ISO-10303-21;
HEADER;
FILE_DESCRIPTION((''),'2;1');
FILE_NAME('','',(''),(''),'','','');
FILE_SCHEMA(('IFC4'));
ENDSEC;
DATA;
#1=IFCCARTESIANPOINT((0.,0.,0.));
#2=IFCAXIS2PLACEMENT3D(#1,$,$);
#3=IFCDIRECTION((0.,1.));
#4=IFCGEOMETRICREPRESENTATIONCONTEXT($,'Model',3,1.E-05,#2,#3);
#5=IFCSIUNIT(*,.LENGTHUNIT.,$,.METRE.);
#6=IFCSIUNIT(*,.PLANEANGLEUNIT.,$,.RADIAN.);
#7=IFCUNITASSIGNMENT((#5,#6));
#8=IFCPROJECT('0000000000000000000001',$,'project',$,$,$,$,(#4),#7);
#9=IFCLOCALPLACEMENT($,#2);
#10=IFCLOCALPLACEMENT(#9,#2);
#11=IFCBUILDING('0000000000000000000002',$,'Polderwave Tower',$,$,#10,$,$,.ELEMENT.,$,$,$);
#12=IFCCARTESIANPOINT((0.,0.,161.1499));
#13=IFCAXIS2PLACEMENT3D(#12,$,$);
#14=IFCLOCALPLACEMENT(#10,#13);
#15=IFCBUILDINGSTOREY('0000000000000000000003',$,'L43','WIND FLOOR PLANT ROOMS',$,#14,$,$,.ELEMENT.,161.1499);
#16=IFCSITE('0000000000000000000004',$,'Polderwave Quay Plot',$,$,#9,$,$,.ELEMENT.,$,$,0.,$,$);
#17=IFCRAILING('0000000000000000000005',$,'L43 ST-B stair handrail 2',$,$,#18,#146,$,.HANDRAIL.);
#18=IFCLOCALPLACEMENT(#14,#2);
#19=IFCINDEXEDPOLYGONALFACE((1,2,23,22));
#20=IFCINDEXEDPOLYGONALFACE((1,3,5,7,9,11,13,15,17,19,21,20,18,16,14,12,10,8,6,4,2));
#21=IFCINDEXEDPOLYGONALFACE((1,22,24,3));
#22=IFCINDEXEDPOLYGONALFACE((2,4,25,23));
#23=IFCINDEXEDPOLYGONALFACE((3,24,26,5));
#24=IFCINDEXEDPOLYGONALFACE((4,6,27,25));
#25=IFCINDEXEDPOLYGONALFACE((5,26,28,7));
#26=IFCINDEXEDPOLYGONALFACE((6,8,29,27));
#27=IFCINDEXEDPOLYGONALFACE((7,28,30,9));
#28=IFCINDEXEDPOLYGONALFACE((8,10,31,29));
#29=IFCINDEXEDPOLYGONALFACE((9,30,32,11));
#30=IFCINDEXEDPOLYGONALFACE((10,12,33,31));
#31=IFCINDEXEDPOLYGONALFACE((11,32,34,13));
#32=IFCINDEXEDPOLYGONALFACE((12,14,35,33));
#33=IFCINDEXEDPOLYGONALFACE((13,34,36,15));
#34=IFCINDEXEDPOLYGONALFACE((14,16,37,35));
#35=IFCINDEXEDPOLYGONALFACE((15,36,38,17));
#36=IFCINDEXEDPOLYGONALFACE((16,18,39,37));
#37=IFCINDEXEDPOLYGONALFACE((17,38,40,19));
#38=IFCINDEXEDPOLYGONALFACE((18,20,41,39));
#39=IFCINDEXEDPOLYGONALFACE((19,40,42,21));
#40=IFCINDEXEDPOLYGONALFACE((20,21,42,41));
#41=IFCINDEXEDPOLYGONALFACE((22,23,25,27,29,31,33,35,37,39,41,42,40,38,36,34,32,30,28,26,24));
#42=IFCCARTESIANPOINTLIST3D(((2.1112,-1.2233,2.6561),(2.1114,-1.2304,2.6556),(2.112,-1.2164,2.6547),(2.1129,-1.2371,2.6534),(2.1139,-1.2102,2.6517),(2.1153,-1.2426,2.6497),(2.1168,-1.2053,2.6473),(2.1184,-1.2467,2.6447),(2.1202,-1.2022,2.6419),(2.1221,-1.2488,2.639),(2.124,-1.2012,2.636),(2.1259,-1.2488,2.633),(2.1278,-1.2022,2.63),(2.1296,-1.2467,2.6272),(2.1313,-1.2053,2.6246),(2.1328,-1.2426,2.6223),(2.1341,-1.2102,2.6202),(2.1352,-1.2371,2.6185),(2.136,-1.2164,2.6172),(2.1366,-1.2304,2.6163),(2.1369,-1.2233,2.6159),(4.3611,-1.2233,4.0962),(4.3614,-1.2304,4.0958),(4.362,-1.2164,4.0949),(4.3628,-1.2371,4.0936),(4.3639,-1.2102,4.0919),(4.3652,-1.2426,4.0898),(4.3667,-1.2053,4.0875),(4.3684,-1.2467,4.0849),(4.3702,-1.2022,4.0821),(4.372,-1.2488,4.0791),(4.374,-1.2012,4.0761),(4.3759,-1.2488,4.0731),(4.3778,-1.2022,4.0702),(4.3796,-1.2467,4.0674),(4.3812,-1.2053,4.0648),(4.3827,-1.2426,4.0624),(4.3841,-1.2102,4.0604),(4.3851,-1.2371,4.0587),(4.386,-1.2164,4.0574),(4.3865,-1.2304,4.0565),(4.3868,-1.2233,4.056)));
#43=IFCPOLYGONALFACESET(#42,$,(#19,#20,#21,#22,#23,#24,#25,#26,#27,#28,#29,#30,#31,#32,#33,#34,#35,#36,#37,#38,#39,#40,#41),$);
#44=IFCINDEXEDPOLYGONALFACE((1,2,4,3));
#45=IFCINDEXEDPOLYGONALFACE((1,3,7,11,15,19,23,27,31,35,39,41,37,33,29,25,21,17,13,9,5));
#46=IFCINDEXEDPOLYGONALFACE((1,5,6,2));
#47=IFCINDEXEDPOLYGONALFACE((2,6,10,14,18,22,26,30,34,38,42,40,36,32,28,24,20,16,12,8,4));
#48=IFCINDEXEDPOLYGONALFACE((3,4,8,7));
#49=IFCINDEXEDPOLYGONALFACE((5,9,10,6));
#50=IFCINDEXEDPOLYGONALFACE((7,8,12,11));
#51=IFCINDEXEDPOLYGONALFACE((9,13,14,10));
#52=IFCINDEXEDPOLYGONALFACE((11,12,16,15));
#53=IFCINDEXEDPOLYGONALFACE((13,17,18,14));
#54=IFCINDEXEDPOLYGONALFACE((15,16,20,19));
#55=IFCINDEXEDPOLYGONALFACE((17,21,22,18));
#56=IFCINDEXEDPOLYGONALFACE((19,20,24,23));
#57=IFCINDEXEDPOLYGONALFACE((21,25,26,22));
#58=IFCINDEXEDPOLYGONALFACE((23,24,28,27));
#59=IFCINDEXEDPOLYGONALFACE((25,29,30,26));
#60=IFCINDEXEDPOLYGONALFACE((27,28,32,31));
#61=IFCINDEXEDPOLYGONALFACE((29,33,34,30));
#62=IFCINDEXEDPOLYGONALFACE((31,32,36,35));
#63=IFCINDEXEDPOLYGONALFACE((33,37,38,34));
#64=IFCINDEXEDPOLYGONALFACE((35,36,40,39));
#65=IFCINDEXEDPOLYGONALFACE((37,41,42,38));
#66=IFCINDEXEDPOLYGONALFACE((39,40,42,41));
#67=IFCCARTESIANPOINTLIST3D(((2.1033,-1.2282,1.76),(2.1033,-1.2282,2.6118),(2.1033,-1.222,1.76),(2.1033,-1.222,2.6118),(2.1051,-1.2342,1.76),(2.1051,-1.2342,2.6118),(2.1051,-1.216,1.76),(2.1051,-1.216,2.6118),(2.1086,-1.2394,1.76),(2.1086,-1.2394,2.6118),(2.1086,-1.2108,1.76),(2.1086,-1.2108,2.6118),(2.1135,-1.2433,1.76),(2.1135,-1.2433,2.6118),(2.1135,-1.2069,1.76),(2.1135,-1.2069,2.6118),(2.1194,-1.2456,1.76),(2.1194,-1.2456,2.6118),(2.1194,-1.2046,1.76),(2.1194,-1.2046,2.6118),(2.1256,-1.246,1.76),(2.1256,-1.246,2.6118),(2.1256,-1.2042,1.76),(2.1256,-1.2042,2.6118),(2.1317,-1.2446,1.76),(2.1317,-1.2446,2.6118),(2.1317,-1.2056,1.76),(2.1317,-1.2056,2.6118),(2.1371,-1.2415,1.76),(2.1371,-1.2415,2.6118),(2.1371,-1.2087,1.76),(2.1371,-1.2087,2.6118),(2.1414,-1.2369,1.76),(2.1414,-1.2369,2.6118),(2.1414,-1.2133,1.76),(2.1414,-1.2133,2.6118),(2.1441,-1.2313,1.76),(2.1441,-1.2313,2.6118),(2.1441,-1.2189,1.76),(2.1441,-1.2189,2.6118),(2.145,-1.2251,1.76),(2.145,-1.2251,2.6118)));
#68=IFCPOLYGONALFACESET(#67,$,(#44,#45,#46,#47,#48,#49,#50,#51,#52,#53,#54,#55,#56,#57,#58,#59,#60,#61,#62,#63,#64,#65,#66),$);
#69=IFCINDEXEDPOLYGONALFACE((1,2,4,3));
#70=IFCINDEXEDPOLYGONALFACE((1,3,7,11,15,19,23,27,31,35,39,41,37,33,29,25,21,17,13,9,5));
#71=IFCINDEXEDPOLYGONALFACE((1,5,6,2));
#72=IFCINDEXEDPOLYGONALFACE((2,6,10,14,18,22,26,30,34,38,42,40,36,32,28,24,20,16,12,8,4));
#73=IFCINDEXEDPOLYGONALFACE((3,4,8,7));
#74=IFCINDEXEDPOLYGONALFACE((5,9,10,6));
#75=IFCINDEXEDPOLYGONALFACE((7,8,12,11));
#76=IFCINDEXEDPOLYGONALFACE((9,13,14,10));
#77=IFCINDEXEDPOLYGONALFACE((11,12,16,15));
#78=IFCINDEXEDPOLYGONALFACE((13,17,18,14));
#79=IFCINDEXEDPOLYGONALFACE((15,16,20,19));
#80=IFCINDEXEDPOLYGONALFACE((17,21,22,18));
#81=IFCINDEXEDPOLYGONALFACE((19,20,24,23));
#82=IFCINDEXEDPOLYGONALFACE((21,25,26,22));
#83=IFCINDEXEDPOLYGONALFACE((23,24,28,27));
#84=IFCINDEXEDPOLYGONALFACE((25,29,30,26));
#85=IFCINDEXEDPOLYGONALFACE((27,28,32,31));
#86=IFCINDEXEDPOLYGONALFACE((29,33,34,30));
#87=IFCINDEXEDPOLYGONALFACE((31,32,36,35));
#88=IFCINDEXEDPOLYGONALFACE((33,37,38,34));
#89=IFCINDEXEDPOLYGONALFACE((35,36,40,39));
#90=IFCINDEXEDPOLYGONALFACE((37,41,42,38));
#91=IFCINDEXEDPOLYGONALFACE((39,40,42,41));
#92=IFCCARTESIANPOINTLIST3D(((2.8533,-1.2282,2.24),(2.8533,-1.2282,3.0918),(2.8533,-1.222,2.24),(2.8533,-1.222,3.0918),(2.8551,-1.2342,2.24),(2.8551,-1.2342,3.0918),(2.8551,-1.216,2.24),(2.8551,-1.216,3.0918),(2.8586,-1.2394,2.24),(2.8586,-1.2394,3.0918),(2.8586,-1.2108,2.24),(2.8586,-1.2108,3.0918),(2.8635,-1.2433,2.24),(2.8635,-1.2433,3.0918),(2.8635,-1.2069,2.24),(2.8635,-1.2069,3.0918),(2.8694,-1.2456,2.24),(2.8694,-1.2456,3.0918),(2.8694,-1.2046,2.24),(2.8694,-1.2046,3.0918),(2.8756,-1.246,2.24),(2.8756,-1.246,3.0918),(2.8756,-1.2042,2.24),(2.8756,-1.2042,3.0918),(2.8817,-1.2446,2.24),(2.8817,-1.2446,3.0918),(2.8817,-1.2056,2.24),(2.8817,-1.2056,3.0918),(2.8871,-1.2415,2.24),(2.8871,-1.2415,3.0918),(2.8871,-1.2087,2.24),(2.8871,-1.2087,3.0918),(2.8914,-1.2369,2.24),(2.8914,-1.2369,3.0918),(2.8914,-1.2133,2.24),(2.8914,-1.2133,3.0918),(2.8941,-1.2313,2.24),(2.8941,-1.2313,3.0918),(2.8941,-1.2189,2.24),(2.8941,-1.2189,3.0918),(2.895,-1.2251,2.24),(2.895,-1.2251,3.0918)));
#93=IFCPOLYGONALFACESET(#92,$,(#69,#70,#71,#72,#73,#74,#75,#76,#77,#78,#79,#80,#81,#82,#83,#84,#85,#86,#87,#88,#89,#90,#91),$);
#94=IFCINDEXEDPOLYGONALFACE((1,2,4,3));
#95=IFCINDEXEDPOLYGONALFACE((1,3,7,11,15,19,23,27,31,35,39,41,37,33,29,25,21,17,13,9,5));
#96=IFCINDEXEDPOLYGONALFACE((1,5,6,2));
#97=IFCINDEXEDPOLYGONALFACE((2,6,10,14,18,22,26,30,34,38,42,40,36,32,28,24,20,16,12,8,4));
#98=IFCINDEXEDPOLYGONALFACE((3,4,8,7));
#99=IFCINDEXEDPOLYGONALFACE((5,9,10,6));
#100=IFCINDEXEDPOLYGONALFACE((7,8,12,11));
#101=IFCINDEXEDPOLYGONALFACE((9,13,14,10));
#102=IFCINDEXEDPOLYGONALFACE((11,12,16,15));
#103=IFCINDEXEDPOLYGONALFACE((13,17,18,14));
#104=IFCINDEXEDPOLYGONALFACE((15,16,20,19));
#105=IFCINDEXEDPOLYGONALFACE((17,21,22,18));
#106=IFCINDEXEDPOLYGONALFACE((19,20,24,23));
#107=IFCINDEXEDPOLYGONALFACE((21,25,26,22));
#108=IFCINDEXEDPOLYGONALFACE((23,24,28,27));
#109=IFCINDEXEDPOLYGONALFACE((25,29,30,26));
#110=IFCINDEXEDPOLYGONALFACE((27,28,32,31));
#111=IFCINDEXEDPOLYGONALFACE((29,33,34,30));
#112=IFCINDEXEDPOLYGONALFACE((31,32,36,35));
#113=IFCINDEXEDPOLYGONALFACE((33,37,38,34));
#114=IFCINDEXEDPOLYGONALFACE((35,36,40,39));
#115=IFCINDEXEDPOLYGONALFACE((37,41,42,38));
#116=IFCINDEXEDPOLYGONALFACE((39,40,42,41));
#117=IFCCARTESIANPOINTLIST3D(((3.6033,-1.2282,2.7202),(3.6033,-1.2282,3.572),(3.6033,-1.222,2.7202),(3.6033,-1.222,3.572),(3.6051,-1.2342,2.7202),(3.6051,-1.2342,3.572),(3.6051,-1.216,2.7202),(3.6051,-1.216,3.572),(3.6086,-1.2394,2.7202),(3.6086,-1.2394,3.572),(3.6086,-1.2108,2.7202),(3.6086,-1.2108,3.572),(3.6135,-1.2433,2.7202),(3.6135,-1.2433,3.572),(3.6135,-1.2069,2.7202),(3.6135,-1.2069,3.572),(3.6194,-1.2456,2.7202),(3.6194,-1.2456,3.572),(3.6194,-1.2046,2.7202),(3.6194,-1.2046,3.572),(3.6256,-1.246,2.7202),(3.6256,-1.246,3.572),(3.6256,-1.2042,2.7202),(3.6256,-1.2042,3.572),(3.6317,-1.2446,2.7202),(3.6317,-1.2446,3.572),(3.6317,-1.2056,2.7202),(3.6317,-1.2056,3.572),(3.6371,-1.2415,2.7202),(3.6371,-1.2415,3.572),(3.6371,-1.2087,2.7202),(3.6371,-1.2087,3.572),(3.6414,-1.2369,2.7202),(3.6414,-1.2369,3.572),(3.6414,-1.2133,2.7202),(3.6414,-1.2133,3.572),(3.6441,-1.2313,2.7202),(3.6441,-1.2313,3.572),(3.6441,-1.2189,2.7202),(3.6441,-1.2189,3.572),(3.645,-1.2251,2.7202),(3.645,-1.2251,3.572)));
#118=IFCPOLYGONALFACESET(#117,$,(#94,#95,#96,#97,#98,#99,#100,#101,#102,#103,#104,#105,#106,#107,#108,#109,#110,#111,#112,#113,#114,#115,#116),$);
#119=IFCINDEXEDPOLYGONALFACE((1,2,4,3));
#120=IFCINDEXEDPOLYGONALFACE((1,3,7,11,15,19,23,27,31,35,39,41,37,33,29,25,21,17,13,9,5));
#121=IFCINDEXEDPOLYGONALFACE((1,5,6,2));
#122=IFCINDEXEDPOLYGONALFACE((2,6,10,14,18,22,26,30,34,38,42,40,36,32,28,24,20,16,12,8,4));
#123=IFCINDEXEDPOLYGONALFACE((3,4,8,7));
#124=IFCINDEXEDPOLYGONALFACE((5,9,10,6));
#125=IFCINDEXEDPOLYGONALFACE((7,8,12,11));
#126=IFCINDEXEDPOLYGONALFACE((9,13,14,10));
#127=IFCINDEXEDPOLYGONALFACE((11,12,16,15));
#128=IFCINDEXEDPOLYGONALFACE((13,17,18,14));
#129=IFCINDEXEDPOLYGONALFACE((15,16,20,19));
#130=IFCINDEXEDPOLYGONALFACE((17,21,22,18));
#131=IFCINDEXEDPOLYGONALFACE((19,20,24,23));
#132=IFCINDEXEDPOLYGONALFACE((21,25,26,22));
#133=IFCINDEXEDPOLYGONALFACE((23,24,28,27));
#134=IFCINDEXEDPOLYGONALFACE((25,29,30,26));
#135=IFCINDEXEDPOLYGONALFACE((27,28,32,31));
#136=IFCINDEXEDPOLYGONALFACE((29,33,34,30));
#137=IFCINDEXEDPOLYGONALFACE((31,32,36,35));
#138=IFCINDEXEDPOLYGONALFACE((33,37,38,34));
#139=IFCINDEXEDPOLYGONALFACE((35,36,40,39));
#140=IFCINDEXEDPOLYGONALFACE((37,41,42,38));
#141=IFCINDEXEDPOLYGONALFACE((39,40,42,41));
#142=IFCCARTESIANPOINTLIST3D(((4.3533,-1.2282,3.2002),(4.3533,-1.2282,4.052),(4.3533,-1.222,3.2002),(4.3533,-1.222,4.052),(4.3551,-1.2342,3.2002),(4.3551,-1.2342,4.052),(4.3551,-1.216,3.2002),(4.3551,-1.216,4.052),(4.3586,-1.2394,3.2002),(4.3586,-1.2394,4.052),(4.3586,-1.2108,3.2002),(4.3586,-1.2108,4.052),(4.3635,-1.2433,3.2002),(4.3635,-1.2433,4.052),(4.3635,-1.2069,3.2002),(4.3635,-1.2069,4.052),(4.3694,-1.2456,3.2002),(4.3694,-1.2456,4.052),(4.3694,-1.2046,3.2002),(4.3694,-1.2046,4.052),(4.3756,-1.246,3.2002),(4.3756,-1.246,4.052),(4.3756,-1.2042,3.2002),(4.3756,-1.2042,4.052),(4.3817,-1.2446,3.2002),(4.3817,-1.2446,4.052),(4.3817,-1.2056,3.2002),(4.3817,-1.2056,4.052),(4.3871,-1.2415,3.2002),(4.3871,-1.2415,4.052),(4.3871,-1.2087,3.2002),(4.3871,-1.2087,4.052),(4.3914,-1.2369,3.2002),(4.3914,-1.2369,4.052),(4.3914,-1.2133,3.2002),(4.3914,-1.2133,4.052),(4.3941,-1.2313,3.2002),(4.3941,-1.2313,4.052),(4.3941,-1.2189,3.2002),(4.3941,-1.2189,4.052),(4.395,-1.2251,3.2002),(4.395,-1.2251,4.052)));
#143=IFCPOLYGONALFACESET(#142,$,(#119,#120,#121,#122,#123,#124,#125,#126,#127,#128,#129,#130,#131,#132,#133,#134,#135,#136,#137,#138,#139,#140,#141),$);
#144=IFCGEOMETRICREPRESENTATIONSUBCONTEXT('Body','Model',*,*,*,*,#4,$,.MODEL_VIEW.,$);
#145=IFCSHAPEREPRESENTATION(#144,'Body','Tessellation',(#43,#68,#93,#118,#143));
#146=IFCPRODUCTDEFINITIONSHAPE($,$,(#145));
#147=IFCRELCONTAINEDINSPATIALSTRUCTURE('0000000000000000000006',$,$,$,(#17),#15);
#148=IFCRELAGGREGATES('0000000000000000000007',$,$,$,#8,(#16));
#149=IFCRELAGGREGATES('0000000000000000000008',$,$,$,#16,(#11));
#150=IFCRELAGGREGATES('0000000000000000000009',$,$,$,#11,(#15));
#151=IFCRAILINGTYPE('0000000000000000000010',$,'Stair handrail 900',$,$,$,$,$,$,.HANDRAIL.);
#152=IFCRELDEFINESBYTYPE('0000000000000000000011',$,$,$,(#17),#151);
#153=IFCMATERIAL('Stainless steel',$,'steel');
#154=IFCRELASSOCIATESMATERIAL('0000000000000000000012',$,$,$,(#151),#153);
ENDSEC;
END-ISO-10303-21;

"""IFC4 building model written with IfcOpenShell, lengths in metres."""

from ifc_helpers import new_model, si_unit, direction, frame, origin, origin_2d, place, context, subcontext, project, spatial, circle, extrude, material, type_object, element, save


model = new_model("IFC4")

# Units and contexts
model_context = context("Model", 3, precision=1e-05, world=origin(), true_north=direction((0.0, 1.0)))
body_context = subcontext(model_context, "Body", "Model", "MODEL_VIEW")
ifc_project = project(units=[si_unit("LENGTHUNIT", "METRE"), si_unit("PLANEANGLEUNIT", "RADIAN")], contexts=[model_context])

# Site, building, storey
site_placement = place(None, origin())
site = spatial("IfcSite", under=ifc_project, at=site_placement, Name="Polderwave Quay Plot", CompositionType="ELEMENT", RefElevation=0.0)
building_placement = place(site_placement, origin())
building = spatial("IfcBuilding", under=site, at=building_placement, Name="Polderwave Tower", CompositionType="ELEMENT")
storey_placement = place(building_placement, frame((0.0, 0.0, 161.1499)))
storey = spatial("IfcBuildingStorey", under=building, at=storey_placement, Name="L43", Description="WIND FLOOR PLANT ROOMS", CompositionType="ELEMENT", Elevation=161.1499)

# Railing
ifc_material_1 = material(Name="Stainless steel", Category="steel")
railing_type_1 = type_object("IfcRailingType", Name="Stair handrail 900", PredefinedType="HANDRAIL", material=ifc_material_1)
railing_1_placement = place(storey_placement, frame((2.124, -1.2251, 1.76)))
element("IfcRailing", 1, at=railing_1_placement, inside=storey, type_object=railing_type_1, Name="L43 ST-B stair handrail 2", PredefinedType="HANDRAIL", context=body_context, shape_type="SweptSolid", body=[
    extrude(circle(Radius=0.0239, at=origin_2d()), frame((0.0, 0.0, 0.876), z_axis=(0.84224, 0.0, 0.539103), x_axis=(0.0, 1.0, 0.0)), (0.0, 0.0, 1.0), 2.6714),
    extrude(circle(Radius=0.021, at=origin_2d()), origin(), (0.0, 0.0, 1.0), 0.8518),
    extrude(circle(Radius=0.021, at=origin_2d()), frame((0.75, 0.0, 0.48)), (0.0, 0.0, 1.0), 0.8518),
    extrude(circle(Radius=0.021, at=origin_2d()), frame((1.5, 0.0, 0.9602)), (0.0, 0.0, 1.0), 0.8518),
    extrude(circle(Radius=0.021, at=origin_2d()), frame((2.25, 0.0, 1.4402)), (0.0, 0.0, 1.0), 0.8518),
])

save(model, "model.ifc")
